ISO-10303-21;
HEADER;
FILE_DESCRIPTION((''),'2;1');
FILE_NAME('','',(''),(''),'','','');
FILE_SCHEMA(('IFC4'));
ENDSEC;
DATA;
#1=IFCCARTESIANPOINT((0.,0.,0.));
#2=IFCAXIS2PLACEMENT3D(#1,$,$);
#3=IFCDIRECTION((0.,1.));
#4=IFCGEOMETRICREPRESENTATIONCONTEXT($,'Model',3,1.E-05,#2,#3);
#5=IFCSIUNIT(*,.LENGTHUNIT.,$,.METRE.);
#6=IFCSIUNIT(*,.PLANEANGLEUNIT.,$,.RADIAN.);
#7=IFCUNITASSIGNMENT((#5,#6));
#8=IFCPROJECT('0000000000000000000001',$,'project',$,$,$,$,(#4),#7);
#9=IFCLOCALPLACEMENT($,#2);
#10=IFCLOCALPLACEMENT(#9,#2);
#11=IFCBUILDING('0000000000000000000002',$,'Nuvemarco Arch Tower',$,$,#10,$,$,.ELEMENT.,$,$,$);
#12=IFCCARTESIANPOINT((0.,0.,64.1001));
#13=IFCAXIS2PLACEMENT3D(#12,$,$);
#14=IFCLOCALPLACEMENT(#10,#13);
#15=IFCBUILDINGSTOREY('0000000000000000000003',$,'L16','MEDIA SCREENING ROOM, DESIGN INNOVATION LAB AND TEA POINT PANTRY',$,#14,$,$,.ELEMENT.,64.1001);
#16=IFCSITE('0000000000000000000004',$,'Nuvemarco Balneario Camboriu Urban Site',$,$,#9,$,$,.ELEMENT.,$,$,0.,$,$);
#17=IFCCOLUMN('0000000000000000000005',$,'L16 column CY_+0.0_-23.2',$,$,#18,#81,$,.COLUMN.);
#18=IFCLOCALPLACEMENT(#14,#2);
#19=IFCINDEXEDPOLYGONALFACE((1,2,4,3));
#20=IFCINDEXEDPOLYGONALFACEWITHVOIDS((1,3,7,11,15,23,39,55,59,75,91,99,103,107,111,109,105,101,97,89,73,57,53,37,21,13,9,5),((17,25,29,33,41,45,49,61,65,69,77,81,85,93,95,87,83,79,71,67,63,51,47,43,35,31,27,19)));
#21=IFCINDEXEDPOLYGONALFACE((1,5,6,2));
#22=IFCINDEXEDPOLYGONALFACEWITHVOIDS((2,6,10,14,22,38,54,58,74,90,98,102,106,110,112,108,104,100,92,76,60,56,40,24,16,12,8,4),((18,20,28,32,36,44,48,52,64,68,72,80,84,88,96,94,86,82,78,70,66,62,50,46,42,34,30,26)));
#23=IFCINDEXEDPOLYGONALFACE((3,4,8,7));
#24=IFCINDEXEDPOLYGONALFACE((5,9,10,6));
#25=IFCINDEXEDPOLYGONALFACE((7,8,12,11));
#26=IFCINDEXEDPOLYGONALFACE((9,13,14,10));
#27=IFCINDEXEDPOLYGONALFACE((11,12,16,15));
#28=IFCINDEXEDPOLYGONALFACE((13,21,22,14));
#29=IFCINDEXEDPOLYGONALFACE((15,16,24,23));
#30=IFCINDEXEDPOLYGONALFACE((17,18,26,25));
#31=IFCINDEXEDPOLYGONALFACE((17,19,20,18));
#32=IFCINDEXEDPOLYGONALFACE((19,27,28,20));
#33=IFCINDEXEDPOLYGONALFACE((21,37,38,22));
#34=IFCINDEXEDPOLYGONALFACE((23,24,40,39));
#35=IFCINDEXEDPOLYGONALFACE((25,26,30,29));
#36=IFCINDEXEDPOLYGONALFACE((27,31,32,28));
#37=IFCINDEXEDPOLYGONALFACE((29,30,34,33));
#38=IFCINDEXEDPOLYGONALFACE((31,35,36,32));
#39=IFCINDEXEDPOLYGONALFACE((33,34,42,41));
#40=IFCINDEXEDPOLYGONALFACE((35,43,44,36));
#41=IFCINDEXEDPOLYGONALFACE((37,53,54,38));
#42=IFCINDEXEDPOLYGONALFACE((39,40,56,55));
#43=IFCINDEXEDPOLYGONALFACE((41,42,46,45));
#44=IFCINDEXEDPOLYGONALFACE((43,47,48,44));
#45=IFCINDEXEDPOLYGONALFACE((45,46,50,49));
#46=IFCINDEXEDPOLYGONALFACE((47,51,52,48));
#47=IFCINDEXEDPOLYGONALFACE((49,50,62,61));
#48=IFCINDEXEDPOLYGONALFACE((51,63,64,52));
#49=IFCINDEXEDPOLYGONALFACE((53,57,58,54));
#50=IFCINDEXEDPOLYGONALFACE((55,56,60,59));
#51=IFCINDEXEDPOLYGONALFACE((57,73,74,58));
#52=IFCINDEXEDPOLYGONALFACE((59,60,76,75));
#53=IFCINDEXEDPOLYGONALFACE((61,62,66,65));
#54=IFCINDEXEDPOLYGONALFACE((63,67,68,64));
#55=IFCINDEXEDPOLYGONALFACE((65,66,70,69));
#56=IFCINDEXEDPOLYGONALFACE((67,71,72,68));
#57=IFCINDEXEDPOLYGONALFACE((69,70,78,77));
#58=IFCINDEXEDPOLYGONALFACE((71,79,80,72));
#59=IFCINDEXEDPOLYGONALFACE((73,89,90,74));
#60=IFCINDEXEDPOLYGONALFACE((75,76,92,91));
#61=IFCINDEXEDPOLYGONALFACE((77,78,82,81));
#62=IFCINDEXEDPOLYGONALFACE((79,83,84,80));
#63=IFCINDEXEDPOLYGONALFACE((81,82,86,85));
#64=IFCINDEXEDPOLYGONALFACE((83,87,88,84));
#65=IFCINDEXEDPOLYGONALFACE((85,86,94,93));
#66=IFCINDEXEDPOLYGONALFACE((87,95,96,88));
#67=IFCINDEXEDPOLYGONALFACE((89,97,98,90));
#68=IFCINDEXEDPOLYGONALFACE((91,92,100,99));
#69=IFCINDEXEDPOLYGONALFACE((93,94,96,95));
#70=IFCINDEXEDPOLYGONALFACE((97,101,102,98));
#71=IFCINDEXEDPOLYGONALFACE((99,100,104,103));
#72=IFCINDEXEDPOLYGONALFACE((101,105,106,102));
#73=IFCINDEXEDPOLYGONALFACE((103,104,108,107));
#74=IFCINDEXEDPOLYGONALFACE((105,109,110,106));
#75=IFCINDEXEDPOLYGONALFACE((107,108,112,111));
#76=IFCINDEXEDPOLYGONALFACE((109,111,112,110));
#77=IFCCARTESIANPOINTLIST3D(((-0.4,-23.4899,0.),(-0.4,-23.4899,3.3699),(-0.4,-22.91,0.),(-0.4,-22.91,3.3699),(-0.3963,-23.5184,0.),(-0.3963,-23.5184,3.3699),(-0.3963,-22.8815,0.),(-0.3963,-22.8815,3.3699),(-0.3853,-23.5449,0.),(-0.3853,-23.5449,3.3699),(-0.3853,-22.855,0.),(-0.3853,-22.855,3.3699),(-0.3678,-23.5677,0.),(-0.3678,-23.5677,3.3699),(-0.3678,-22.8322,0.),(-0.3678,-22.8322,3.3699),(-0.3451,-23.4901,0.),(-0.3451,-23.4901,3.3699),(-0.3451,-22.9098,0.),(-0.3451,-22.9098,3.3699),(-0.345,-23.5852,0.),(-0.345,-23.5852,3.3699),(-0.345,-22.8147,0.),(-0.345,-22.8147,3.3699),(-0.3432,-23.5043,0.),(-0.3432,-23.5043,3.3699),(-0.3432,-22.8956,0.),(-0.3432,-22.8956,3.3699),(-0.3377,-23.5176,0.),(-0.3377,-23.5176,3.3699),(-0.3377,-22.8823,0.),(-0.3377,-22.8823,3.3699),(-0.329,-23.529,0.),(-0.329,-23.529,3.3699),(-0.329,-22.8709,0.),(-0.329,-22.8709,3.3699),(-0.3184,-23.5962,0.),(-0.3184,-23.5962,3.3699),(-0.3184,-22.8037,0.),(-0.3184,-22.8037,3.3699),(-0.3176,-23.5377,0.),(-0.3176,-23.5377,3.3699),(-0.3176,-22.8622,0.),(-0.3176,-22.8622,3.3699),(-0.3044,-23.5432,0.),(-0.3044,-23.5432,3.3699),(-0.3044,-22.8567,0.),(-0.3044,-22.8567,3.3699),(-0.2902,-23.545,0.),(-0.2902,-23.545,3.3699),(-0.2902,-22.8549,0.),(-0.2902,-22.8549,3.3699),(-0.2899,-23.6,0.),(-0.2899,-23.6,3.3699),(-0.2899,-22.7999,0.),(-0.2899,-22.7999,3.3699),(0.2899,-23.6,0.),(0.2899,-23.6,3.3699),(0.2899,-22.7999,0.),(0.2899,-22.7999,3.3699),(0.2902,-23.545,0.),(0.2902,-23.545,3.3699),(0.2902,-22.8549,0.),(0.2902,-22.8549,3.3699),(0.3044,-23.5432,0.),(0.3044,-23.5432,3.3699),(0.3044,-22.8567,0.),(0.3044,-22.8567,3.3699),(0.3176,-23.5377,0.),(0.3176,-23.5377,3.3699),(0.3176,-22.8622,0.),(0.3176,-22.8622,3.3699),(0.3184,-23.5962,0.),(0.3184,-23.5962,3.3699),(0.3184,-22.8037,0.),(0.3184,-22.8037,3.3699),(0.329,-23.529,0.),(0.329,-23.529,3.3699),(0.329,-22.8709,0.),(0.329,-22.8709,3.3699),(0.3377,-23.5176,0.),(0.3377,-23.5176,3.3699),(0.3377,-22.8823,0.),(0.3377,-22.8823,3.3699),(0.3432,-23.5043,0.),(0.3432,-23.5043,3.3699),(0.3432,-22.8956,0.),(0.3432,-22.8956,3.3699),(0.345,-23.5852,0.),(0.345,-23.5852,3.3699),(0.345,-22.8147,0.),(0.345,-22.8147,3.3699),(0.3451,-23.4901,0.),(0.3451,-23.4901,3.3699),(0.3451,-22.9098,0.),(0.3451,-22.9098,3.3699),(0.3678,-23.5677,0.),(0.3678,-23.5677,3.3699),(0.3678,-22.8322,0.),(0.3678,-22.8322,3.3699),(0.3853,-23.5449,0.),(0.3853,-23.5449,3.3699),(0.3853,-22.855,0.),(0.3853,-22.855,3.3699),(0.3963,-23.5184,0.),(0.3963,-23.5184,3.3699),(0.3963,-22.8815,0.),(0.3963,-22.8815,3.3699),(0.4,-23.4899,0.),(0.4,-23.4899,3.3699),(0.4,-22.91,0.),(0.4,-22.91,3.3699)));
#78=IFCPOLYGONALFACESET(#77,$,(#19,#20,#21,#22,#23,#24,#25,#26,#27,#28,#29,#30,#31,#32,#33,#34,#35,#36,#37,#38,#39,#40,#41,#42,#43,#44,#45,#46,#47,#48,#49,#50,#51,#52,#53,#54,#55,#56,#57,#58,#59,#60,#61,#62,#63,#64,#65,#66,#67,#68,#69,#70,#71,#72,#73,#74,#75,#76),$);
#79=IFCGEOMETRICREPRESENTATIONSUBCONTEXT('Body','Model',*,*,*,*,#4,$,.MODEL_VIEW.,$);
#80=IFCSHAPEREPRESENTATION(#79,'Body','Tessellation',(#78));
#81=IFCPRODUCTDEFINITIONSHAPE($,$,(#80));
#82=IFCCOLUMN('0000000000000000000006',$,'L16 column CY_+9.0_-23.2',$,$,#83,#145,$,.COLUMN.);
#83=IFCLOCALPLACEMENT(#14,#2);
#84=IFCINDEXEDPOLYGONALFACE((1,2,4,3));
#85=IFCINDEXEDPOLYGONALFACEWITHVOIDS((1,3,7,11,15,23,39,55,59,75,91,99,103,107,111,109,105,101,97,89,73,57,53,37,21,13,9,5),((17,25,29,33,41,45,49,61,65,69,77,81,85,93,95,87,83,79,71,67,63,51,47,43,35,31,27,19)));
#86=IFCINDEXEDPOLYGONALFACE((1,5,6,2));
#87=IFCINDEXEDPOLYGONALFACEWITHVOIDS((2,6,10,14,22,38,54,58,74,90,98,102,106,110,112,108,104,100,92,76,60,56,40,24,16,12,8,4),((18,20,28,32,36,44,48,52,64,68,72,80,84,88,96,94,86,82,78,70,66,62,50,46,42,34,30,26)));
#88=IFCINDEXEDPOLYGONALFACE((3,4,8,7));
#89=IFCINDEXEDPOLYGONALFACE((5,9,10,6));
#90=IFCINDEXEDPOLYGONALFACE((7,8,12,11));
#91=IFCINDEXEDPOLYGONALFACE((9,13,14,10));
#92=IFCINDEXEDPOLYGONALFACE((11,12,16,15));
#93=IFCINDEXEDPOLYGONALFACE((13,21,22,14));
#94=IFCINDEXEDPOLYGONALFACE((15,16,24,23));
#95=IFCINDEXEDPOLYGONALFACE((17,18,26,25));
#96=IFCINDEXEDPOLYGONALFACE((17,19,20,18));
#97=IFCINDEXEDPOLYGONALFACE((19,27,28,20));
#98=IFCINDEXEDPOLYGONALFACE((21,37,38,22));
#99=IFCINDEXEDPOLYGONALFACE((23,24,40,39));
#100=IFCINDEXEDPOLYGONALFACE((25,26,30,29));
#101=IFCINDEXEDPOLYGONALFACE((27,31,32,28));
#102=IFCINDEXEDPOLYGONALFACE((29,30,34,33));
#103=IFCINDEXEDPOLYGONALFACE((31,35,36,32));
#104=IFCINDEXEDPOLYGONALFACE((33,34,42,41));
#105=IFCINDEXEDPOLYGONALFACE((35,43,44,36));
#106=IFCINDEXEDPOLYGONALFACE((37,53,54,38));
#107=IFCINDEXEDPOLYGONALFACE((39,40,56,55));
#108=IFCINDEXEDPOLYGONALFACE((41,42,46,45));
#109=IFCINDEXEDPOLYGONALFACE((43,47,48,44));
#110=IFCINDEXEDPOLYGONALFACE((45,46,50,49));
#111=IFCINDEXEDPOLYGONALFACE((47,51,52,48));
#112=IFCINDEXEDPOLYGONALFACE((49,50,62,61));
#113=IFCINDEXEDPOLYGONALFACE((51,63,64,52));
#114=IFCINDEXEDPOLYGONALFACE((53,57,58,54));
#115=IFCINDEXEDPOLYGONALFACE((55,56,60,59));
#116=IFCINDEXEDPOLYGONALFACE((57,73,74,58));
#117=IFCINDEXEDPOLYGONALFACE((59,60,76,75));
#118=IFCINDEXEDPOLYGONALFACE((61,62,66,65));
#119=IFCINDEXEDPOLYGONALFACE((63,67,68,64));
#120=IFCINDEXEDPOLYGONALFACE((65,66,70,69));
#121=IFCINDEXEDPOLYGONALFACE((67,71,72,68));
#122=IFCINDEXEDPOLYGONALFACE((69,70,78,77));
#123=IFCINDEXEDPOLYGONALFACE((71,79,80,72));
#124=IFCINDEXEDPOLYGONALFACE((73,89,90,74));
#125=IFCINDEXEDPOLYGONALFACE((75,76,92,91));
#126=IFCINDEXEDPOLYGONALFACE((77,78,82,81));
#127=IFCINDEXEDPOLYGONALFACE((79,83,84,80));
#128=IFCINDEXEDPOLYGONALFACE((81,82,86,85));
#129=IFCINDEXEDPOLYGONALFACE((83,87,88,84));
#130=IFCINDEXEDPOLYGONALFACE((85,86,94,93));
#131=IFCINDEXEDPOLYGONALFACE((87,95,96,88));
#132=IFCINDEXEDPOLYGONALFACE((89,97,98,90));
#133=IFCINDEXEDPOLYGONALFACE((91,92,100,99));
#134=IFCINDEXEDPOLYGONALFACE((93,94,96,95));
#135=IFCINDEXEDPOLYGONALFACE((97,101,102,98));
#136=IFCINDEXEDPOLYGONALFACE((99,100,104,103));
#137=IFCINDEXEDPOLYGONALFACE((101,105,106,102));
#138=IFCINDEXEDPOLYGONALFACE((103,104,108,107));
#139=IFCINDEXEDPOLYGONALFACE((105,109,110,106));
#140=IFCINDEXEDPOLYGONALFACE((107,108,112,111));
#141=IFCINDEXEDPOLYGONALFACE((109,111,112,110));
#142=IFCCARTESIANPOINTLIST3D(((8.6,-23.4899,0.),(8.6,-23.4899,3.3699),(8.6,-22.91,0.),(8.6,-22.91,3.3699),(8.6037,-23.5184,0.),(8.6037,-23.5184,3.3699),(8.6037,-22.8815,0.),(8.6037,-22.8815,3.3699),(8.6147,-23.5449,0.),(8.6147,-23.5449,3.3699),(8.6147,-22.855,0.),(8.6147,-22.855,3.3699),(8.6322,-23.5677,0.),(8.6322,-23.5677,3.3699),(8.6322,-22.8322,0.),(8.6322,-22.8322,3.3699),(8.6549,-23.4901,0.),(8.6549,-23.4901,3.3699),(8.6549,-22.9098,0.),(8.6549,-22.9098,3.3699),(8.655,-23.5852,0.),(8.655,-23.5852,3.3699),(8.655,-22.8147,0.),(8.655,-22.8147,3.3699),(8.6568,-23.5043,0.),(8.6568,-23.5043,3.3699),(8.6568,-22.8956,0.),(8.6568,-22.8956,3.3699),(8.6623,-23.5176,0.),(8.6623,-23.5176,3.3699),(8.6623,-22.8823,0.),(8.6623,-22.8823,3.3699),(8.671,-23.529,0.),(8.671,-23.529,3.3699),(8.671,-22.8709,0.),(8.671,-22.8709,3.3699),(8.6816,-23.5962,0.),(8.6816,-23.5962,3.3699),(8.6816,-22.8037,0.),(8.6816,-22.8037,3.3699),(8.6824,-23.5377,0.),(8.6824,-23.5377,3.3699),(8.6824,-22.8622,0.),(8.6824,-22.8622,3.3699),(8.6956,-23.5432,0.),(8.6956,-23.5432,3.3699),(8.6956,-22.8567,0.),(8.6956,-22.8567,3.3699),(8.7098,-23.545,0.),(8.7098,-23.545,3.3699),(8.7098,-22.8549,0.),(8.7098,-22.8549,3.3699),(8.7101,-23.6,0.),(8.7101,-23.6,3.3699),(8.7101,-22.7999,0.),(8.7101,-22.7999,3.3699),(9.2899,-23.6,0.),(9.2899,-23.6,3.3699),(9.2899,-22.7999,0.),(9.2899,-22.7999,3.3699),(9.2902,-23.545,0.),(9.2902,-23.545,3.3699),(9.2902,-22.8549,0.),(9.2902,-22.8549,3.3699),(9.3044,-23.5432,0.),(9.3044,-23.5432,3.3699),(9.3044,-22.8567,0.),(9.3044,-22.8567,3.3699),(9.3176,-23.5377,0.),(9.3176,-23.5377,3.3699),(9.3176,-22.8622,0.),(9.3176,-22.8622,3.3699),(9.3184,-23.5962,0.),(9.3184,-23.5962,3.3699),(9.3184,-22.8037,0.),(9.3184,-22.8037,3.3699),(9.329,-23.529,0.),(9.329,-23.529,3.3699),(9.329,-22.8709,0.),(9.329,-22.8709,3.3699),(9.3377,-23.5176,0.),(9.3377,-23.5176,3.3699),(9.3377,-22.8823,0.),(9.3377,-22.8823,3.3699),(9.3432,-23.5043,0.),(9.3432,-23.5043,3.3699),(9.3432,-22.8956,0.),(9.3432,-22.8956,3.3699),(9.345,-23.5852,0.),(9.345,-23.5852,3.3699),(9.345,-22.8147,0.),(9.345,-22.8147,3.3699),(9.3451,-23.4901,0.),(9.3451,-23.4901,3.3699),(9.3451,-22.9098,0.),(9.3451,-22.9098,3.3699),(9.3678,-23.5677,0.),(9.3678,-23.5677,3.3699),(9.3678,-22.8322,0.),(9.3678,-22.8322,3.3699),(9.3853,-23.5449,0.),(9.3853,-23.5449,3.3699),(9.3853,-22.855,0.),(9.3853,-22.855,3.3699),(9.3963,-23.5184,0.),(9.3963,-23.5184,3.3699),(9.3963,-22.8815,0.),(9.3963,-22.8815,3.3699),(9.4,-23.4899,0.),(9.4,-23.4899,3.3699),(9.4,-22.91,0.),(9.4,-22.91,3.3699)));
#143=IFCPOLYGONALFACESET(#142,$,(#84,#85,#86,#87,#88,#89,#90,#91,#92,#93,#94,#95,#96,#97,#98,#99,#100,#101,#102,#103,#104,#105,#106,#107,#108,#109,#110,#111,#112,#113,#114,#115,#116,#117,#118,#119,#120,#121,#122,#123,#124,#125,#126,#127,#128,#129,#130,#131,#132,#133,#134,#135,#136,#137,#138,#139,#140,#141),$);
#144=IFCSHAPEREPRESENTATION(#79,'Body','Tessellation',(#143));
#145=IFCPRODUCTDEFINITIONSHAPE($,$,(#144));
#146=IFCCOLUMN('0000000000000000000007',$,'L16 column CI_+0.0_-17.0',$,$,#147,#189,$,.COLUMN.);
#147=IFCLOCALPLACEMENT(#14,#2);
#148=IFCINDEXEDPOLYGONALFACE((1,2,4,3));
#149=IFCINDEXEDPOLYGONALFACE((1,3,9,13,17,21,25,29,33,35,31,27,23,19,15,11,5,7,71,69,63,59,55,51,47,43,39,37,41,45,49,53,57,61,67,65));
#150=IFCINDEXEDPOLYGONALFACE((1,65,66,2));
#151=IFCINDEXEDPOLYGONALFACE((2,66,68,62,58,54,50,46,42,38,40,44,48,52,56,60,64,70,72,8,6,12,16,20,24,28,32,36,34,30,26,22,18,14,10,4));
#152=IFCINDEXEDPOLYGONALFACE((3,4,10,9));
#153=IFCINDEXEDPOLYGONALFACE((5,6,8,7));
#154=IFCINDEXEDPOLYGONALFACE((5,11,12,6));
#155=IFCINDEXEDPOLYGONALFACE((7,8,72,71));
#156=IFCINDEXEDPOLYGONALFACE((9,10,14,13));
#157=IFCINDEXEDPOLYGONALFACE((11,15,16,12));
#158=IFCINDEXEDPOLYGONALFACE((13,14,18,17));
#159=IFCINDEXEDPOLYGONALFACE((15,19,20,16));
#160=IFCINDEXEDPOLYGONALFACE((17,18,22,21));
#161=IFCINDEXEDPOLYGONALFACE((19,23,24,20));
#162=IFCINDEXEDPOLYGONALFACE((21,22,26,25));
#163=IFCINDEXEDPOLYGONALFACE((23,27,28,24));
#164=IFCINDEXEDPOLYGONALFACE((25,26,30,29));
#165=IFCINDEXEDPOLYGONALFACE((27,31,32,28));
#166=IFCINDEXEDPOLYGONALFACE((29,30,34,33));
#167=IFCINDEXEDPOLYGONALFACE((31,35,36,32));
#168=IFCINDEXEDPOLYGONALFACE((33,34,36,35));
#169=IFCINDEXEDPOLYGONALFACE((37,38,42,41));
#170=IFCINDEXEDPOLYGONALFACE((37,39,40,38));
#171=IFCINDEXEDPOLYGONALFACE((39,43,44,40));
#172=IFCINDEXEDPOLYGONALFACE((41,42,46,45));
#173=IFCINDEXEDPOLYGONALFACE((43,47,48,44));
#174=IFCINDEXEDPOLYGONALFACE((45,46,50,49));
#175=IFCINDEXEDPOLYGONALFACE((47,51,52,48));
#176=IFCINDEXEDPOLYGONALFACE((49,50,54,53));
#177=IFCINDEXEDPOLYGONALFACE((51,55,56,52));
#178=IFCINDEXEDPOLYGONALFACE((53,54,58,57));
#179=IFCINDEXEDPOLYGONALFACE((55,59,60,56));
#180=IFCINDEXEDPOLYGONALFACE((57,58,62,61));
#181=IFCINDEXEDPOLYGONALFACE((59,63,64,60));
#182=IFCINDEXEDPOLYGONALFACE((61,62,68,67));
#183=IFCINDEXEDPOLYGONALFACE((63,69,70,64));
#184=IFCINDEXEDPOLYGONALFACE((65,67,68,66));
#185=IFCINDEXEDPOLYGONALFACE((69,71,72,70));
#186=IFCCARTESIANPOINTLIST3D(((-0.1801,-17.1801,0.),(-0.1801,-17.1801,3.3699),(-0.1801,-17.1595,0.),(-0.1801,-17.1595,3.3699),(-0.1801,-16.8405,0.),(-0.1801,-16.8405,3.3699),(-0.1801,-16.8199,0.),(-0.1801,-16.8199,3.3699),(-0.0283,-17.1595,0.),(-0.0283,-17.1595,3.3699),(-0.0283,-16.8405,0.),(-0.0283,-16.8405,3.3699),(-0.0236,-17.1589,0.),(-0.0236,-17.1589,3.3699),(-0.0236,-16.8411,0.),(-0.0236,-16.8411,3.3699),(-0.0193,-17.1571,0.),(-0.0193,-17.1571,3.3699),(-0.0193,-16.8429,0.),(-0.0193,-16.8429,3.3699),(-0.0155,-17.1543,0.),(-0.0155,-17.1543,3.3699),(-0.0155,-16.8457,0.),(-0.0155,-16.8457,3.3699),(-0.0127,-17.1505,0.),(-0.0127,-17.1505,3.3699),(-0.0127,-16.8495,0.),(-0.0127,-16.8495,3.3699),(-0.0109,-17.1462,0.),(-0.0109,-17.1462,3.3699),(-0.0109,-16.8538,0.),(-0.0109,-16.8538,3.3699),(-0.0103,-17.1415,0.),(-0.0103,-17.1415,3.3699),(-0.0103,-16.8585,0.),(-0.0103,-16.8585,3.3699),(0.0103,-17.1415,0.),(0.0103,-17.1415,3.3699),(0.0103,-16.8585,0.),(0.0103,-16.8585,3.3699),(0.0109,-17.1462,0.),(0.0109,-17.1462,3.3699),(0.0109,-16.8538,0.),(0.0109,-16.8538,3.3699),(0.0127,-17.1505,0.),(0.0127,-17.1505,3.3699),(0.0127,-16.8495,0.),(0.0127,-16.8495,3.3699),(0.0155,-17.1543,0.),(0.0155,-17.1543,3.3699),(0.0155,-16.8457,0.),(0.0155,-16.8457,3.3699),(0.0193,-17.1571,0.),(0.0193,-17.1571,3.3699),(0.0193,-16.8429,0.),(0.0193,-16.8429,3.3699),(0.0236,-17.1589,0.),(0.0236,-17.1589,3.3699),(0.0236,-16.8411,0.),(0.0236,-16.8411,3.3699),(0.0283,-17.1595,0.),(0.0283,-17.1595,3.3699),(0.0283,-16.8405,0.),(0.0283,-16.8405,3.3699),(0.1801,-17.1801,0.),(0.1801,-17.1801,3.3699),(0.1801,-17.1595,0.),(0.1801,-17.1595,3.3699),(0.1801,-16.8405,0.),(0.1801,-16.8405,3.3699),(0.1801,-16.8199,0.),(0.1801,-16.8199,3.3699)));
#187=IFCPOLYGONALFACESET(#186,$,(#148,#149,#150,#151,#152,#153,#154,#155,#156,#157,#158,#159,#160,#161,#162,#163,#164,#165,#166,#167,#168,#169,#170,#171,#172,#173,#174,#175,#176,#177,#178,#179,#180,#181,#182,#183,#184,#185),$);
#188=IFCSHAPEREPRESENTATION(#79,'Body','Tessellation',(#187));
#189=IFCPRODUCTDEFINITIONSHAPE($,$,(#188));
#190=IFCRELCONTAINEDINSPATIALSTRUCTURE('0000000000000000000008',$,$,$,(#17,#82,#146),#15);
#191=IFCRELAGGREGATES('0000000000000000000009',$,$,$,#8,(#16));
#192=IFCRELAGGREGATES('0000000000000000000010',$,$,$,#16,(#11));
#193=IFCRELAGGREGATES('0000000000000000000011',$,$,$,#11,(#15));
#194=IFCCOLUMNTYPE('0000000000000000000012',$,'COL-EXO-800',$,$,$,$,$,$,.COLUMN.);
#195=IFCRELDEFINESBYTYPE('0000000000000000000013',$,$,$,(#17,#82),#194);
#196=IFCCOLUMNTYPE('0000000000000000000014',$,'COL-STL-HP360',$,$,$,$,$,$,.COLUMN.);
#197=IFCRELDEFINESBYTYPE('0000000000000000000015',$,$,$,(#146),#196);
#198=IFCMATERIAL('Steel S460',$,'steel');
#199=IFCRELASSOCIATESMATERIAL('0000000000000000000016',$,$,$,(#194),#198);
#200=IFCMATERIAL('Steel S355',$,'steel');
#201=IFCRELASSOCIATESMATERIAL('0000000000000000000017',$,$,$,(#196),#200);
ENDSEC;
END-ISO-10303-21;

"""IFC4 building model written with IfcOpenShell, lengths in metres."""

from ifc_helpers import new_model, si_unit, direction, frame, origin, origin_2d, place, context, subcontext, project, spatial, hollow_rectangle, i_section, extrude, material, material_profile, profile_set, type_object, element, save


model = new_model("IFC4")

# Units and contexts
model_context = context("Model", 3, precision=1e-05, world=origin(), true_north=direction((0.0, 1.0)))
body_context = subcontext(model_context, "Body", "Model", "MODEL_VIEW")
ifc_project = project(units=[si_unit("LENGTHUNIT", "METRE"), si_unit("PLANEANGLEUNIT", "RADIAN")], contexts=[model_context])

# Site, building, storey
site_placement = place(None, origin())
site = spatial("IfcSite", under=ifc_project, at=site_placement, Name="Nuvemarco Balneario Camboriu Urban Site", CompositionType="ELEMENT", RefElevation=0.0)
building_placement = place(site_placement, origin())
building = spatial("IfcBuilding", under=site, at=building_placement, Name="Nuvemarco Arch Tower", CompositionType="ELEMENT")
storey_placement = place(building_placement, frame((0.0, 0.0, 64.1001)))
storey = spatial("IfcBuildingStorey", under=building, at=storey_placement, Name="L16", Description="MEDIA SCREENING ROOM, DESIGN INNOVATION LAB AND TEA POINT PANTRY", CompositionType="ELEMENT", Elevation=64.1001)

# Columns
ifc_material_1 = material(Name="Steel S460", Category="steel")
ifc_material_profile_1 = material_profile(ifc_material_1, hollow_rectangle(XDim=0.8, YDim=0.8, WallThickness=0.0549, InnerFilletRadius=0.0549, OuterFilletRadius=0.1101, at=origin_2d()), Name="SHS800x800x55")
ifc_profile_set_1 = profile_set([ifc_material_profile_1], Name="Steel S460")
column_type_1 = type_object("IfcColumnType", Name="COL-EXO-800", PredefinedType="COLUMN", material=ifc_profile_set_1)
for number, where, z_axis, x_axis, name in (
    (1, (0.0, -23.2, 0.0), (0.0, 0.0, 1.0), (1.0, 0.0, 0.0), "L16 column CY_+0.0_-23.2"),
    (2, (9.0, -23.2, 0.0), (0.0, 0.0, 1.0), (1.0, 0.0, 0.0), "L16 column CY_+9.0_-23.2"),
):
    element("IfcColumn", number, at=place(storey_placement, frame(where, z_axis=z_axis, x_axis=x_axis)), inside=storey, type_object=column_type_1, Name=name, PredefinedType="COLUMN", context=body_context, shape_type="SweptSolid", body=[
        extrude(hollow_rectangle(XDim=0.8, YDim=0.8, WallThickness=0.0549, InnerFilletRadius=0.0549, OuterFilletRadius=0.1101, at=origin_2d()), origin(), (0.0, 0.0, 1.0), 3.3699),
    ])
ifc_material_2 = material(Name="Steel S355", Category="steel")
ifc_material_profile_2 = material_profile(ifc_material_2, i_section(OverallWidth=0.3601, OverallDepth=0.3601, WebThickness=0.0205, FlangeThickness=0.0205, FilletRadius=0.0181, at=origin_2d()), Name="HP360x174")
ifc_profile_set_2 = profile_set([ifc_material_profile_2], Name="Steel S355")
column_type_2 = type_object("IfcColumnType", Name="COL-STL-HP360", PredefinedType="COLUMN", material=ifc_profile_set_2)
for number, where, z_axis, x_axis, name in (
    (3, (0.0, -17.0, 0.0), (0.0, 0.0, 1.0), (1.0, 0.0, 0.0), "L16 column CI_+0.0_-17.0"),
):
    element("IfcColumn", number, at=place(storey_placement, frame(where, z_axis=z_axis, x_axis=x_axis)), inside=storey, type_object=column_type_2, Name=name, PredefinedType="COLUMN", context=body_context, shape_type="SweptSolid", body=[
        extrude(i_section(OverallWidth=0.3601, OverallDepth=0.3601, WebThickness=0.0205, FlangeThickness=0.0205, FilletRadius=0.0181, at=origin_2d()), origin(), (0.0, 0.0, 1.0), 3.3699),
    ])

save(model, "model.ifc")
